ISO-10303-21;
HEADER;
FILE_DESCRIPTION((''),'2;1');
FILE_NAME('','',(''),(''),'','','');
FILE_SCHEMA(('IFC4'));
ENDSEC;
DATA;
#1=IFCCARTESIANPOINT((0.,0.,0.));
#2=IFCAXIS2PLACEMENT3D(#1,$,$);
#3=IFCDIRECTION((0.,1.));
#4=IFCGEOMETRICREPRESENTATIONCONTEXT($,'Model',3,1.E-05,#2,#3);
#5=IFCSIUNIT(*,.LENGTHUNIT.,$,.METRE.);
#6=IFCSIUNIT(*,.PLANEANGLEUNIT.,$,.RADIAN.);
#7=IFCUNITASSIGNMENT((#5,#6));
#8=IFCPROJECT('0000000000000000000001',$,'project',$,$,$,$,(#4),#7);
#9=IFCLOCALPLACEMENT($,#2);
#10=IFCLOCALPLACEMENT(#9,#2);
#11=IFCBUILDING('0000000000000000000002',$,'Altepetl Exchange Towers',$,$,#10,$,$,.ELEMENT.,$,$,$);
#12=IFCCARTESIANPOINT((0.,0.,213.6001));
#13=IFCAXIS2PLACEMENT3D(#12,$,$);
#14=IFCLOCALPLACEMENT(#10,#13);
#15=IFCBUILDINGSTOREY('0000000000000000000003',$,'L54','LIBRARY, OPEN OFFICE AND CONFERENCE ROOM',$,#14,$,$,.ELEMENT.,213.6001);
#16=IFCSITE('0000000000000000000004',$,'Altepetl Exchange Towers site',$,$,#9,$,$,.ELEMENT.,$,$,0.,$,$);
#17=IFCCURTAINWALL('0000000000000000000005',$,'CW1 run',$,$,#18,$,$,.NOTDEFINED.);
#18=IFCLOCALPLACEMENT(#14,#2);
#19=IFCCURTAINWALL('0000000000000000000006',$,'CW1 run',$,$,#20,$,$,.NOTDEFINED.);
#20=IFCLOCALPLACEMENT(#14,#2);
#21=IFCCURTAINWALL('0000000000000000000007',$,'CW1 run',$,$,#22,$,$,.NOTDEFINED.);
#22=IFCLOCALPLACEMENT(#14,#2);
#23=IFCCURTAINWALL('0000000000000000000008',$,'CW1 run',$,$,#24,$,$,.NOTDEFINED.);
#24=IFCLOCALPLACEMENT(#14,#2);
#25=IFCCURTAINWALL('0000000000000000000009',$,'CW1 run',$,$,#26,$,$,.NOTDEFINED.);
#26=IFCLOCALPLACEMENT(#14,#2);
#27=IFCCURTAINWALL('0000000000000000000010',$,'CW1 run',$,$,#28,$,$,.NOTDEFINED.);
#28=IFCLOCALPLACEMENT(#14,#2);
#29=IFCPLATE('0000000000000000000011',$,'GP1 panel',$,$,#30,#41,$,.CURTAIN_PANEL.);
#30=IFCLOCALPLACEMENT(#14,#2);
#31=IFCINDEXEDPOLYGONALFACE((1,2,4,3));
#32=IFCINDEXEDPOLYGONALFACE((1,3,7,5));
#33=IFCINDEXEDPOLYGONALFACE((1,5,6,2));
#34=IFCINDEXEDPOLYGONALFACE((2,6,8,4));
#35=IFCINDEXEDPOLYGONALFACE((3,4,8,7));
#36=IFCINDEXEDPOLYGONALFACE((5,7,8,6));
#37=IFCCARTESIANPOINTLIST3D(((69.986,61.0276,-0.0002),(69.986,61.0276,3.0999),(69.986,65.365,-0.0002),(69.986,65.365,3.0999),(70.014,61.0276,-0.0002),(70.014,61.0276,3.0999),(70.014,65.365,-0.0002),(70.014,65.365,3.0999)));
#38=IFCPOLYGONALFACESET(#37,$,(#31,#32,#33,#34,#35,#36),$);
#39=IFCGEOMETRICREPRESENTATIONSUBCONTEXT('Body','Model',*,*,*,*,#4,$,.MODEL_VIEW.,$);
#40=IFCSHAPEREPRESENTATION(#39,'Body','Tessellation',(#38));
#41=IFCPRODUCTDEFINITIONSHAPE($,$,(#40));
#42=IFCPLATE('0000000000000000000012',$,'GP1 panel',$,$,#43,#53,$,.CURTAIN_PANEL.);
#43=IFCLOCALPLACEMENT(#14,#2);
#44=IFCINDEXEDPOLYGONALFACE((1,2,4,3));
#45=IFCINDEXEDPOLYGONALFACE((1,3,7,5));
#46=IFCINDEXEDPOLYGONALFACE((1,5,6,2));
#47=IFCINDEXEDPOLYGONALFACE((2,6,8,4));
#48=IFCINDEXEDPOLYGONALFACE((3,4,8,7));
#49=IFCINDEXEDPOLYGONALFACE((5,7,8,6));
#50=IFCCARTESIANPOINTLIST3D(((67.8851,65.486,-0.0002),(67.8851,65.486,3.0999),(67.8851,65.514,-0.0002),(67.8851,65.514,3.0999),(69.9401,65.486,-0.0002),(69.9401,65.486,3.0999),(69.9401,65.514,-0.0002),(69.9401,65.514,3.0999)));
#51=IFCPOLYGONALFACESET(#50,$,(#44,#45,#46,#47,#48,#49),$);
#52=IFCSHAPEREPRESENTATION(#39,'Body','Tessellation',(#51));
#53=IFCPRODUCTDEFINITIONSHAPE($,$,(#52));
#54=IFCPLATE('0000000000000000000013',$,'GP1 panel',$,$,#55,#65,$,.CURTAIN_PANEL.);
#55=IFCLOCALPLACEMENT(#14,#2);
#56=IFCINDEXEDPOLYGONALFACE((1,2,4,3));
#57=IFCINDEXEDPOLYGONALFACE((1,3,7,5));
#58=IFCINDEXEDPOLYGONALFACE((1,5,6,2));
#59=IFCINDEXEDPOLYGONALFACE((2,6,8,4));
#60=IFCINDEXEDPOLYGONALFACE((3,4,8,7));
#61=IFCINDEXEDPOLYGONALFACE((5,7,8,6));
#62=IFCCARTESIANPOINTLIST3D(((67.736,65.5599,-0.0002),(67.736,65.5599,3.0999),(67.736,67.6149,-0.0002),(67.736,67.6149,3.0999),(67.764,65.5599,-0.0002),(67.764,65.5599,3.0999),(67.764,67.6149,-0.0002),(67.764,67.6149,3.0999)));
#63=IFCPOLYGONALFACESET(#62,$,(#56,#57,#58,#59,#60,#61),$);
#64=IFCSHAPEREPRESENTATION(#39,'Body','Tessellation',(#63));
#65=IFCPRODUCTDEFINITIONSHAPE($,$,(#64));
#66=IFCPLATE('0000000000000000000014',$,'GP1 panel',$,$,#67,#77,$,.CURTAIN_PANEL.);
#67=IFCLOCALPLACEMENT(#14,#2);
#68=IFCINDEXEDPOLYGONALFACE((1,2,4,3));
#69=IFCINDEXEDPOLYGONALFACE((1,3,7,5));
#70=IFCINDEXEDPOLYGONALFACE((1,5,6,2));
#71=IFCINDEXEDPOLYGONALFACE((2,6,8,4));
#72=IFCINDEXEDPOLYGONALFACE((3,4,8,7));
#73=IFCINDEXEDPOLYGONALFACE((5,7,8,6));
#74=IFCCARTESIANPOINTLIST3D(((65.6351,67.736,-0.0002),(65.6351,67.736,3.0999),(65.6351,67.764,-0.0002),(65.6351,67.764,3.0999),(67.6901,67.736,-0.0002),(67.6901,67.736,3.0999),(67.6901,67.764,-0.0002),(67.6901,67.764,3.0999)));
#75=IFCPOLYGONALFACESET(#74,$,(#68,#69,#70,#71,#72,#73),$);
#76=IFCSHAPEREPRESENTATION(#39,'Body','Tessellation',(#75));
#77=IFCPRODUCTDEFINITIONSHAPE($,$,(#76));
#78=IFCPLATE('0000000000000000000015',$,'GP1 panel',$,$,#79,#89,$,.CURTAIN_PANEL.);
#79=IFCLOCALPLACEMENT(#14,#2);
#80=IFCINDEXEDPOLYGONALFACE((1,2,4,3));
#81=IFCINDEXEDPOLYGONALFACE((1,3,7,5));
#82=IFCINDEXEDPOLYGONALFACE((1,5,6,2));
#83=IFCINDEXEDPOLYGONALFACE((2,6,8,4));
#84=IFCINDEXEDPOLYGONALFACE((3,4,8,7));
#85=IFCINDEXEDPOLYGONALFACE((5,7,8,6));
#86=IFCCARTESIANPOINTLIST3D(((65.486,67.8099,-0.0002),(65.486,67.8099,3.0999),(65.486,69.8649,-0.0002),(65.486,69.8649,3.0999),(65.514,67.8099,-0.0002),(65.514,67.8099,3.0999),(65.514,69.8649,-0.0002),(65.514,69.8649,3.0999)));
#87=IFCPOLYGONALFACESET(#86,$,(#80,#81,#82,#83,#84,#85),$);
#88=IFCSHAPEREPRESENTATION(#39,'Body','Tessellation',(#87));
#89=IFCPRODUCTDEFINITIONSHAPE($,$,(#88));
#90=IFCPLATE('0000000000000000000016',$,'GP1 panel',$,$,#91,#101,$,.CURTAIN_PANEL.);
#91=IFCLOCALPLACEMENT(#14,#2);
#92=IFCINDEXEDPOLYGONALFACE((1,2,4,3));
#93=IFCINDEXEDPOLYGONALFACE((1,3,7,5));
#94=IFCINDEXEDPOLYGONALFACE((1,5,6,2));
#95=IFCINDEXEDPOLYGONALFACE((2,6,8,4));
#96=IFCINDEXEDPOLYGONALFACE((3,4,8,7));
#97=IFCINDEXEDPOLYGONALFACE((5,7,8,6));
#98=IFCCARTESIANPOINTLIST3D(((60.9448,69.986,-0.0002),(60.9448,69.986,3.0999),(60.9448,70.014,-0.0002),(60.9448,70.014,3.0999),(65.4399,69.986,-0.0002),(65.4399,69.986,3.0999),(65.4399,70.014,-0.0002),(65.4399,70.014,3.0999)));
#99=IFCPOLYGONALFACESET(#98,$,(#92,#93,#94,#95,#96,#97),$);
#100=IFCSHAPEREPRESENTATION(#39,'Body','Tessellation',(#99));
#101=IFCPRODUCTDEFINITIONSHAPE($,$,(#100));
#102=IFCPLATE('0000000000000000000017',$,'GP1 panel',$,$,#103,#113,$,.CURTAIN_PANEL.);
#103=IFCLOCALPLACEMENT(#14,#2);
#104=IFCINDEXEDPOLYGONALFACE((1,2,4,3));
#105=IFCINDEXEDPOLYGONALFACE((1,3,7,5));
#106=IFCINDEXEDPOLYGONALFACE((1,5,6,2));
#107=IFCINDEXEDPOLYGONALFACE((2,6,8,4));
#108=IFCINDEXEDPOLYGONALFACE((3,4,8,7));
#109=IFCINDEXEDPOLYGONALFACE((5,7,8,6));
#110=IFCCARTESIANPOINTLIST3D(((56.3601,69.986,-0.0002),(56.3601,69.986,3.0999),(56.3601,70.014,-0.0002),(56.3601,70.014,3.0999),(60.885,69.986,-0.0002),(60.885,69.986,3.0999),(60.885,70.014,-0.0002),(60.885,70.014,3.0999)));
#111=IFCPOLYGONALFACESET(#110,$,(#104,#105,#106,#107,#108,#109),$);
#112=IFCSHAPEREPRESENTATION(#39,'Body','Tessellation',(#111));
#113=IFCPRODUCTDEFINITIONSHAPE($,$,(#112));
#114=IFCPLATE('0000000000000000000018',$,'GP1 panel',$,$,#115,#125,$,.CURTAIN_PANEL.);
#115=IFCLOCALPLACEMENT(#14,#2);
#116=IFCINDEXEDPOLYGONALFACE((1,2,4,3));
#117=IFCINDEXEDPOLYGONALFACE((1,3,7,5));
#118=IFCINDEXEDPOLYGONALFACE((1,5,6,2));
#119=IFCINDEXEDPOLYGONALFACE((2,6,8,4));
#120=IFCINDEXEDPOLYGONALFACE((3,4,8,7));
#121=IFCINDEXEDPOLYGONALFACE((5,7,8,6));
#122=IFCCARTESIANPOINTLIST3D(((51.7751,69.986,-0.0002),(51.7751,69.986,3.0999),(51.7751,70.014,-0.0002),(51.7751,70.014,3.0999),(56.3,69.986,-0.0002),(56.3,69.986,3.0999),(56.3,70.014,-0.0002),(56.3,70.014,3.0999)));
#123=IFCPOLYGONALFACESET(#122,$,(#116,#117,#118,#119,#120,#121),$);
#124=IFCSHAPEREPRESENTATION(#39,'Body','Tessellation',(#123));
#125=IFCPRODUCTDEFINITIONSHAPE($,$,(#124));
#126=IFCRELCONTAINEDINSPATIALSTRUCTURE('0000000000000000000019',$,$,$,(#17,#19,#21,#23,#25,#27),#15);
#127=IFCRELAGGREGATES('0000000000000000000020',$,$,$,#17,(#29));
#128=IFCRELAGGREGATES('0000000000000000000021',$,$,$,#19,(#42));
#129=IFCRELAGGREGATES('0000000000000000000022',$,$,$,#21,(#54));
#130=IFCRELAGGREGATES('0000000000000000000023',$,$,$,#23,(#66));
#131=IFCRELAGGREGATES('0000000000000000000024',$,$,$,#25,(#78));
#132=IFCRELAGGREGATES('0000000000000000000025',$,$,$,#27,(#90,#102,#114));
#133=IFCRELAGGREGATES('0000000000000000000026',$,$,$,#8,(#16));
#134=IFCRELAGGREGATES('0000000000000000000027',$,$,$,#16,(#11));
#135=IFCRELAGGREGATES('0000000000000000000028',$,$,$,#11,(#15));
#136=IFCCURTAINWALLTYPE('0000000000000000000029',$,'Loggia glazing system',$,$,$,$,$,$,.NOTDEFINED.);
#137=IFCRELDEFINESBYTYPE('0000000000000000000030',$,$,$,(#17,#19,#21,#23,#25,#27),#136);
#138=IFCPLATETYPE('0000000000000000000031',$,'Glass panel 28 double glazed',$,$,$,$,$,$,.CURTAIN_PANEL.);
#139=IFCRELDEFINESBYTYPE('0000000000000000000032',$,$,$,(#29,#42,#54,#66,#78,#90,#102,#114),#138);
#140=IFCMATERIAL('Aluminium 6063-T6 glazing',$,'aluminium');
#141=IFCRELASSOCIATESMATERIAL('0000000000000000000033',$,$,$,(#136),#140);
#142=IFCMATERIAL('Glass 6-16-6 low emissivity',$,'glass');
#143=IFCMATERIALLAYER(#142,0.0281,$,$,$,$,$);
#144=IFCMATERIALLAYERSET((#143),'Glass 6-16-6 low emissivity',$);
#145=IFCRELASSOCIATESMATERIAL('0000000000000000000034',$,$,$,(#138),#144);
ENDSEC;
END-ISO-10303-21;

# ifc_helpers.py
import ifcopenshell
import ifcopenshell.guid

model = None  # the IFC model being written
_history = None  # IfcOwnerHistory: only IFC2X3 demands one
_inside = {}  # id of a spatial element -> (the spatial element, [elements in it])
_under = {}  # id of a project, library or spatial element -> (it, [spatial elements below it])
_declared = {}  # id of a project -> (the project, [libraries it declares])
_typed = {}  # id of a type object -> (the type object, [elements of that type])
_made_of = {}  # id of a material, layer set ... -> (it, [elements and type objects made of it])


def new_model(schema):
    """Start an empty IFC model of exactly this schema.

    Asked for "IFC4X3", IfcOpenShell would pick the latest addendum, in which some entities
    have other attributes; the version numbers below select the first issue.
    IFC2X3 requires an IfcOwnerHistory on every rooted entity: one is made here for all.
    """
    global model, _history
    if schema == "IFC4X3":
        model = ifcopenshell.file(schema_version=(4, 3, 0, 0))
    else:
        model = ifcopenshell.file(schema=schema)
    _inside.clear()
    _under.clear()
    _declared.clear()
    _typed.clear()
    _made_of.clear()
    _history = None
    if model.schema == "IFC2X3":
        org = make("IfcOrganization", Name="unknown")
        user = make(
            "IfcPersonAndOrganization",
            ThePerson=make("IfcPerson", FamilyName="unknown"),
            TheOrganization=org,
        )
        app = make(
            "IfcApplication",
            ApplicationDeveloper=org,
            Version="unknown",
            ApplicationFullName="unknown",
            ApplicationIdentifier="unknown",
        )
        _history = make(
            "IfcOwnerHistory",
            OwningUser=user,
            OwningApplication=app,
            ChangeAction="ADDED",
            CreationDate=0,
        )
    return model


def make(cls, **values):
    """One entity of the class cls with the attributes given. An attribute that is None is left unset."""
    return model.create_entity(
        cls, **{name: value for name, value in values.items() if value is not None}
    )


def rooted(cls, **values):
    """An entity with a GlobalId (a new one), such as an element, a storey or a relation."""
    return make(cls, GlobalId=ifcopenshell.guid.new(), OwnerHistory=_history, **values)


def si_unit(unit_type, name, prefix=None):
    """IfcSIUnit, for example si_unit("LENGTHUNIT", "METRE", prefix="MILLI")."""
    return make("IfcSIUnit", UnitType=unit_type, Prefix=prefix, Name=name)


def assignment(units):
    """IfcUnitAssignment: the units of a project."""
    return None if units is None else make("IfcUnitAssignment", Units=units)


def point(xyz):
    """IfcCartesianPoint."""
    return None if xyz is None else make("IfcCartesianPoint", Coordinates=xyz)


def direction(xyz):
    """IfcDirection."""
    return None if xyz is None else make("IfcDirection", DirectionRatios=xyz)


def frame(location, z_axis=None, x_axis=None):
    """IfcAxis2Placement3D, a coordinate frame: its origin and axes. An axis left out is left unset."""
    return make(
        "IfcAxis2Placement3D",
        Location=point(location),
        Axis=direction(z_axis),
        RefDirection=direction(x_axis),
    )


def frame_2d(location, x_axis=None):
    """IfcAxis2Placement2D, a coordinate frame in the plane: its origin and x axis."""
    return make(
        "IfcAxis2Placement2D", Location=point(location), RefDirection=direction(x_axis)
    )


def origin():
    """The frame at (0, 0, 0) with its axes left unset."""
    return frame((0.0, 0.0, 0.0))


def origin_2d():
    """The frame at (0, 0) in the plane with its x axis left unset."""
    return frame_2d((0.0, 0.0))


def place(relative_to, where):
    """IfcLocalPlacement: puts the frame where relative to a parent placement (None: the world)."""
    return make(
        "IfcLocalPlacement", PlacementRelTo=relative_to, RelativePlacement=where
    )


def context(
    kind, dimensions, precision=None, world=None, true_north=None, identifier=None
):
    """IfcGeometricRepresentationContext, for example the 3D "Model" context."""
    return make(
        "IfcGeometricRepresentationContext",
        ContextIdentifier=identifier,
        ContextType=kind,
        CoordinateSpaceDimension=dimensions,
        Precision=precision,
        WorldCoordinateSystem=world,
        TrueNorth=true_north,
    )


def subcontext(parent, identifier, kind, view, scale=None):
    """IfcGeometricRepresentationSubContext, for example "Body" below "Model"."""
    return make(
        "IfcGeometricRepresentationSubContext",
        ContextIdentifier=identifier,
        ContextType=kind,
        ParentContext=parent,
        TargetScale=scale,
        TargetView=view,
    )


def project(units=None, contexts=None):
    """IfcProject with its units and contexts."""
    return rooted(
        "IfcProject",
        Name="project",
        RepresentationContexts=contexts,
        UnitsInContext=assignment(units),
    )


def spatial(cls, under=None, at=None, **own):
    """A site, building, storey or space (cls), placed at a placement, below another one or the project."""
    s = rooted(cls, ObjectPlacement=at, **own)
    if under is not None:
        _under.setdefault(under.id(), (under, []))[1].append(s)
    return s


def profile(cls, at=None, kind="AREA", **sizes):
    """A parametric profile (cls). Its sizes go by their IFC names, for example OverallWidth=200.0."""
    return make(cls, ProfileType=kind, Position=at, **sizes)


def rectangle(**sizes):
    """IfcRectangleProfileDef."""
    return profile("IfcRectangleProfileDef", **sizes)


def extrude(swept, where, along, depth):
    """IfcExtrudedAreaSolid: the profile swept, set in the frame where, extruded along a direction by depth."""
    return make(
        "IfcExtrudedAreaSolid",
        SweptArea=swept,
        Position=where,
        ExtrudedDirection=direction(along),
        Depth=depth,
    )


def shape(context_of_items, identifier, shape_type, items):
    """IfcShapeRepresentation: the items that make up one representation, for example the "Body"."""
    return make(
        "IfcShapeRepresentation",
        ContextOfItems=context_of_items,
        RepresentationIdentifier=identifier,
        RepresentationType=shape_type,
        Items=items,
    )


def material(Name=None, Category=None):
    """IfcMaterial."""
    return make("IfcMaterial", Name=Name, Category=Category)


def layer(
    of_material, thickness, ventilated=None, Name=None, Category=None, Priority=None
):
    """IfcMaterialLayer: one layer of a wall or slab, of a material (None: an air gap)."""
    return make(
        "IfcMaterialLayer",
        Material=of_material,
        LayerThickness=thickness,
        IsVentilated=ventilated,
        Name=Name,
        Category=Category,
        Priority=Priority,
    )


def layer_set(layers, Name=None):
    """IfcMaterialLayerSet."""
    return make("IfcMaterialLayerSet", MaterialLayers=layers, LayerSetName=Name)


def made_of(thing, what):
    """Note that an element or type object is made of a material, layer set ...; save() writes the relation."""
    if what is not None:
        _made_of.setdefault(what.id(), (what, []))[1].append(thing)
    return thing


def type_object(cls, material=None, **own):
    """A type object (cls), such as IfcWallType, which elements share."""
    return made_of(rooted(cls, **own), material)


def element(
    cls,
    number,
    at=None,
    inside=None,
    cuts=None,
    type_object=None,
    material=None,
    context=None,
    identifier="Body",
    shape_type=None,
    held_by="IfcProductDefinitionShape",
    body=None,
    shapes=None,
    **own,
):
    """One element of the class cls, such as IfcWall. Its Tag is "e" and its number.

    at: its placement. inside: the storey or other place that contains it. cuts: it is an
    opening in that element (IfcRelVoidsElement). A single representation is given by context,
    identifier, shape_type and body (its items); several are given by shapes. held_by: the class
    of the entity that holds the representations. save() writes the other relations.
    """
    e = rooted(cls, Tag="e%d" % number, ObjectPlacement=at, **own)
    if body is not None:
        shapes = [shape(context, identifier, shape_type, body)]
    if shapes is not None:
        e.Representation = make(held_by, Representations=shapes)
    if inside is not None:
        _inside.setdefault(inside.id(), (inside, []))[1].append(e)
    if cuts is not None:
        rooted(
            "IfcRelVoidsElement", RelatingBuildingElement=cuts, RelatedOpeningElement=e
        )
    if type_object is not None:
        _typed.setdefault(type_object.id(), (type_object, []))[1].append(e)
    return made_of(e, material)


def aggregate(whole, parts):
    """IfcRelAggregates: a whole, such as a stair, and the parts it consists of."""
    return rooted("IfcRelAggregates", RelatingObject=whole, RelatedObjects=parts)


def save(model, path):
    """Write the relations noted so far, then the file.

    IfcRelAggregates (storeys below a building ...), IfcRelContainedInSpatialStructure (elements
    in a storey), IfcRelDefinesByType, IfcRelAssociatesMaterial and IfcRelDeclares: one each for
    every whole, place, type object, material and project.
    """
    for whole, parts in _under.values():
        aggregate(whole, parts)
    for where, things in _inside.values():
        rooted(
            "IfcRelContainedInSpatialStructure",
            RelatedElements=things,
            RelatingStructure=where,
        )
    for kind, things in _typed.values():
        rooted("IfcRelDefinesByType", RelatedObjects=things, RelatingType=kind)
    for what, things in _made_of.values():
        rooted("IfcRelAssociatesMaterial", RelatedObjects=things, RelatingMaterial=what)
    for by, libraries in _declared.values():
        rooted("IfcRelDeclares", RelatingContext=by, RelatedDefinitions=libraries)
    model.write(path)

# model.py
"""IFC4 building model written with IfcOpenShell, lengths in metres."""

from ifc_helpers import new_model, si_unit, direction, frame, origin, origin_2d, place, context, subcontext, project, spatial, rectangle, extrude, material, layer, layer_set, type_object, element, aggregate, save


model = new_model("IFC4")

# Units and contexts
model_context = context("Model", 3, precision=1e-05, world=origin(), true_north=direction((0.0, 1.0)))
body_context = subcontext(model_context, "Body", "Model", "MODEL_VIEW")
ifc_project = project(units=[si_unit("LENGTHUNIT", "METRE"), si_unit("PLANEANGLEUNIT", "RADIAN")], contexts=[model_context])

# Site, building, storey
site_placement = place(None, origin())
site = spatial("IfcSite", under=ifc_project, at=site_placement, Name="Altepetl Exchange Towers site", CompositionType="ELEMENT", RefElevation=0.0)
building_placement = place(site_placement, origin())
building = spatial("IfcBuilding", under=site, at=building_placement, Name="Altepetl Exchange Towers", CompositionType="ELEMENT")
storey_placement = place(building_placement, frame((0.0, 0.0, 213.6001)))
storey = spatial("IfcBuildingStorey", under=building, at=storey_placement, Name="L54", Description="LIBRARY, OPEN OFFICE AND CONFERENCE ROOM", CompositionType="ELEMENT", Elevation=213.6001)

# Curtain wall
ifc_material_1 = material(Name="Aluminium 6063-T6 glazing", Category="aluminium")
curtain_wall_type = type_object("IfcCurtainWallType", Name="Loggia glazing system", PredefinedType="NOTDEFINED", material=ifc_material_1)
curtain_wall_1_placement = place(storey_placement, origin())
curtain_wall_1 = element("IfcCurtainWall", 1, at=curtain_wall_1_placement, inside=storey, type_object=curtain_wall_type, Name="CW1 run", PredefinedType="NOTDEFINED")

# Curtain walls
curtain_wall_2_placement = place(storey_placement, origin())
curtain_wall_2 = element("IfcCurtainWall", 2, at=curtain_wall_2_placement, inside=storey, type_object=curtain_wall_type, Name="CW1 run", PredefinedType="NOTDEFINED")
curtain_wall_3_placement = place(storey_placement, origin())
curtain_wall_3 = element("IfcCurtainWall", 3, at=curtain_wall_3_placement, inside=storey, type_object=curtain_wall_type, Name="CW1 run", PredefinedType="NOTDEFINED")
curtain_wall_4_placement = place(storey_placement, origin())
curtain_wall_4 = element("IfcCurtainWall", 4, at=curtain_wall_4_placement, inside=storey, type_object=curtain_wall_type, Name="CW1 run", PredefinedType="NOTDEFINED")
curtain_wall_5_placement = place(storey_placement, origin())
curtain_wall_5 = element("IfcCurtainWall", 5, at=curtain_wall_5_placement, inside=storey, type_object=curtain_wall_type, Name="CW1 run", PredefinedType="NOTDEFINED")
curtain_wall_6_placement = place(storey_placement, origin())
curtain_wall_6 = element("IfcCurtainWall", 6, at=curtain_wall_6_placement, inside=storey, type_object=curtain_wall_type, Name="CW1 run", PredefinedType="NOTDEFINED")

# Plates
ifc_material_2 = material(Name="Glass 6-16-6 low emissivity", Category="glass")
ifc_layer = layer(ifc_material_2, 0.0281)
ifc_layer_set = layer_set([ifc_layer], Name="Glass 6-16-6 low emissivity")
plate_type = type_object("IfcPlateType", Name="Glass panel 28 double glazed", PredefinedType="CURTAIN_PANEL", material=ifc_layer_set)
plate_1_placement = place(storey_placement, frame((70.0, 63.1963, -0.0002), z_axis=(0.0, 0.0, 1.0), x_axis=(0.0, 1.0, 0.0)))
plate_1 = element("IfcPlate", 7, at=plate_1_placement, type_object=plate_type, Name="GP1 panel", PredefinedType="CURTAIN_PANEL", context=body_context, shape_type="SweptSolid", body=[
    extrude(rectangle(XDim=4.3374, YDim=0.0281, at=origin_2d()), origin(), (0.0, 0.0, 1.0), 3.1001),
])
aggregate(curtain_wall_1, [plate_1])
plate_2_placement = place(storey_placement, frame((68.9126, 65.5, -0.0002), z_axis=(0.0, 0.0, 1.0), x_axis=(-1.0, 0.0, 0.0)))
plate_2 = element("IfcPlate", 8, at=plate_2_placement, type_object=plate_type, Name="GP1 panel", PredefinedType="CURTAIN_PANEL", context=body_context, shape_type="SweptSolid", body=[
    extrude(rectangle(XDim=2.0549, YDim=0.0281, at=origin_2d()), origin(), (0.0, 0.0, 1.0), 3.1001),
])
aggregate(curtain_wall_2, [plate_2])
plate_3_placement = place(storey_placement, frame((67.75, 66.5874, -0.0002), z_axis=(0.0, 0.0, 1.0), x_axis=(0.0, 1.0, 0.0)))
plate_3 = element("IfcPlate", 9, at=plate_3_placement, type_object=plate_type, Name="GP1 panel", PredefinedType="CURTAIN_PANEL", context=body_context, shape_type="SweptSolid", body=[
    extrude(rectangle(XDim=2.0549, YDim=0.0281, at=origin_2d()), origin(), (0.0, 0.0, 1.0), 3.1001),
])
aggregate(curtain_wall_3, [plate_3])
plate_4_placement = place(storey_placement, frame((66.6626, 67.75, -0.0002), z_axis=(0.0, 0.0, 1.0), x_axis=(-1.0, 0.0, 0.0)))
plate_4 = element("IfcPlate", 10, at=plate_4_placement, type_object=plate_type, Name="GP1 panel", PredefinedType="CURTAIN_PANEL", context=body_context, shape_type="SweptSolid", body=[
    extrude(rectangle(XDim=2.0549, YDim=0.0281, at=origin_2d()), origin(), (0.0, 0.0, 1.0), 3.1001),
])
aggregate(curtain_wall_4, [plate_4])
plate_5_placement = place(storey_placement, frame((65.5, 68.8374, -0.0002), z_axis=(0.0, 0.0, 1.0), x_axis=(0.0, 1.0, 0.0)))
plate_5 = element("IfcPlate", 11, at=plate_5_placement, type_object=plate_type, Name="GP1 panel", PredefinedType="CURTAIN_PANEL", context=body_context, shape_type="SweptSolid", body=[
    extrude(rectangle(XDim=2.0549, YDim=0.0281, at=origin_2d()), origin(), (0.0, 0.0, 1.0), 3.1001),
])
aggregate(curtain_wall_5, [plate_5])
plate_6_placement = place(storey_placement, frame((63.1924, 70.0, -0.0002), z_axis=(0.0, 0.0, 1.0), x_axis=(-1.0, 0.0, 0.0)))
plate_6 = element("IfcPlate", 12, at=plate_6_placement, type_object=plate_type, Name="GP1 panel", PredefinedType="CURTAIN_PANEL", context=body_context, shape_type="SweptSolid", body=[
    extrude(rectangle(XDim=4.4951, YDim=0.0281, at=origin_2d()), origin(), (0.0, 0.0, 1.0), 3.1001),
])
plate_7_placement = place(storey_placement, frame((58.6226, 70.0, -0.0002), z_axis=(0.0, 0.0, 1.0), x_axis=(-1.0, 0.0, 0.0)))
plate_7 = element("IfcPlate", 13, at=plate_7_placement, type_object=plate_type, Name="GP1 panel", PredefinedType="CURTAIN_PANEL", context=body_context, shape_type="SweptSolid", body=[
    extrude(rectangle(XDim=4.5249, YDim=0.0281, at=origin_2d()), origin(), (0.0, 0.0, 1.0), 3.1001),
])
plate_8_placement = place(storey_placement, frame((54.0376, 70.0, -0.0002), z_axis=(0.0, 0.0, 1.0), x_axis=(-1.0, 0.0, 0.0)))
plate_8 = element("IfcPlate", 14, at=plate_8_placement, type_object=plate_type, Name="GP1 panel", PredefinedType="CURTAIN_PANEL", context=body_context, shape_type="SweptSolid", body=[
    extrude(rectangle(XDim=4.5249, YDim=0.0281, at=origin_2d()), origin(), (0.0, 0.0, 1.0), 3.1001),
])
aggregate(curtain_wall_6, [plate_6, plate_7, plate_8])

save(model, "model.ifc")
